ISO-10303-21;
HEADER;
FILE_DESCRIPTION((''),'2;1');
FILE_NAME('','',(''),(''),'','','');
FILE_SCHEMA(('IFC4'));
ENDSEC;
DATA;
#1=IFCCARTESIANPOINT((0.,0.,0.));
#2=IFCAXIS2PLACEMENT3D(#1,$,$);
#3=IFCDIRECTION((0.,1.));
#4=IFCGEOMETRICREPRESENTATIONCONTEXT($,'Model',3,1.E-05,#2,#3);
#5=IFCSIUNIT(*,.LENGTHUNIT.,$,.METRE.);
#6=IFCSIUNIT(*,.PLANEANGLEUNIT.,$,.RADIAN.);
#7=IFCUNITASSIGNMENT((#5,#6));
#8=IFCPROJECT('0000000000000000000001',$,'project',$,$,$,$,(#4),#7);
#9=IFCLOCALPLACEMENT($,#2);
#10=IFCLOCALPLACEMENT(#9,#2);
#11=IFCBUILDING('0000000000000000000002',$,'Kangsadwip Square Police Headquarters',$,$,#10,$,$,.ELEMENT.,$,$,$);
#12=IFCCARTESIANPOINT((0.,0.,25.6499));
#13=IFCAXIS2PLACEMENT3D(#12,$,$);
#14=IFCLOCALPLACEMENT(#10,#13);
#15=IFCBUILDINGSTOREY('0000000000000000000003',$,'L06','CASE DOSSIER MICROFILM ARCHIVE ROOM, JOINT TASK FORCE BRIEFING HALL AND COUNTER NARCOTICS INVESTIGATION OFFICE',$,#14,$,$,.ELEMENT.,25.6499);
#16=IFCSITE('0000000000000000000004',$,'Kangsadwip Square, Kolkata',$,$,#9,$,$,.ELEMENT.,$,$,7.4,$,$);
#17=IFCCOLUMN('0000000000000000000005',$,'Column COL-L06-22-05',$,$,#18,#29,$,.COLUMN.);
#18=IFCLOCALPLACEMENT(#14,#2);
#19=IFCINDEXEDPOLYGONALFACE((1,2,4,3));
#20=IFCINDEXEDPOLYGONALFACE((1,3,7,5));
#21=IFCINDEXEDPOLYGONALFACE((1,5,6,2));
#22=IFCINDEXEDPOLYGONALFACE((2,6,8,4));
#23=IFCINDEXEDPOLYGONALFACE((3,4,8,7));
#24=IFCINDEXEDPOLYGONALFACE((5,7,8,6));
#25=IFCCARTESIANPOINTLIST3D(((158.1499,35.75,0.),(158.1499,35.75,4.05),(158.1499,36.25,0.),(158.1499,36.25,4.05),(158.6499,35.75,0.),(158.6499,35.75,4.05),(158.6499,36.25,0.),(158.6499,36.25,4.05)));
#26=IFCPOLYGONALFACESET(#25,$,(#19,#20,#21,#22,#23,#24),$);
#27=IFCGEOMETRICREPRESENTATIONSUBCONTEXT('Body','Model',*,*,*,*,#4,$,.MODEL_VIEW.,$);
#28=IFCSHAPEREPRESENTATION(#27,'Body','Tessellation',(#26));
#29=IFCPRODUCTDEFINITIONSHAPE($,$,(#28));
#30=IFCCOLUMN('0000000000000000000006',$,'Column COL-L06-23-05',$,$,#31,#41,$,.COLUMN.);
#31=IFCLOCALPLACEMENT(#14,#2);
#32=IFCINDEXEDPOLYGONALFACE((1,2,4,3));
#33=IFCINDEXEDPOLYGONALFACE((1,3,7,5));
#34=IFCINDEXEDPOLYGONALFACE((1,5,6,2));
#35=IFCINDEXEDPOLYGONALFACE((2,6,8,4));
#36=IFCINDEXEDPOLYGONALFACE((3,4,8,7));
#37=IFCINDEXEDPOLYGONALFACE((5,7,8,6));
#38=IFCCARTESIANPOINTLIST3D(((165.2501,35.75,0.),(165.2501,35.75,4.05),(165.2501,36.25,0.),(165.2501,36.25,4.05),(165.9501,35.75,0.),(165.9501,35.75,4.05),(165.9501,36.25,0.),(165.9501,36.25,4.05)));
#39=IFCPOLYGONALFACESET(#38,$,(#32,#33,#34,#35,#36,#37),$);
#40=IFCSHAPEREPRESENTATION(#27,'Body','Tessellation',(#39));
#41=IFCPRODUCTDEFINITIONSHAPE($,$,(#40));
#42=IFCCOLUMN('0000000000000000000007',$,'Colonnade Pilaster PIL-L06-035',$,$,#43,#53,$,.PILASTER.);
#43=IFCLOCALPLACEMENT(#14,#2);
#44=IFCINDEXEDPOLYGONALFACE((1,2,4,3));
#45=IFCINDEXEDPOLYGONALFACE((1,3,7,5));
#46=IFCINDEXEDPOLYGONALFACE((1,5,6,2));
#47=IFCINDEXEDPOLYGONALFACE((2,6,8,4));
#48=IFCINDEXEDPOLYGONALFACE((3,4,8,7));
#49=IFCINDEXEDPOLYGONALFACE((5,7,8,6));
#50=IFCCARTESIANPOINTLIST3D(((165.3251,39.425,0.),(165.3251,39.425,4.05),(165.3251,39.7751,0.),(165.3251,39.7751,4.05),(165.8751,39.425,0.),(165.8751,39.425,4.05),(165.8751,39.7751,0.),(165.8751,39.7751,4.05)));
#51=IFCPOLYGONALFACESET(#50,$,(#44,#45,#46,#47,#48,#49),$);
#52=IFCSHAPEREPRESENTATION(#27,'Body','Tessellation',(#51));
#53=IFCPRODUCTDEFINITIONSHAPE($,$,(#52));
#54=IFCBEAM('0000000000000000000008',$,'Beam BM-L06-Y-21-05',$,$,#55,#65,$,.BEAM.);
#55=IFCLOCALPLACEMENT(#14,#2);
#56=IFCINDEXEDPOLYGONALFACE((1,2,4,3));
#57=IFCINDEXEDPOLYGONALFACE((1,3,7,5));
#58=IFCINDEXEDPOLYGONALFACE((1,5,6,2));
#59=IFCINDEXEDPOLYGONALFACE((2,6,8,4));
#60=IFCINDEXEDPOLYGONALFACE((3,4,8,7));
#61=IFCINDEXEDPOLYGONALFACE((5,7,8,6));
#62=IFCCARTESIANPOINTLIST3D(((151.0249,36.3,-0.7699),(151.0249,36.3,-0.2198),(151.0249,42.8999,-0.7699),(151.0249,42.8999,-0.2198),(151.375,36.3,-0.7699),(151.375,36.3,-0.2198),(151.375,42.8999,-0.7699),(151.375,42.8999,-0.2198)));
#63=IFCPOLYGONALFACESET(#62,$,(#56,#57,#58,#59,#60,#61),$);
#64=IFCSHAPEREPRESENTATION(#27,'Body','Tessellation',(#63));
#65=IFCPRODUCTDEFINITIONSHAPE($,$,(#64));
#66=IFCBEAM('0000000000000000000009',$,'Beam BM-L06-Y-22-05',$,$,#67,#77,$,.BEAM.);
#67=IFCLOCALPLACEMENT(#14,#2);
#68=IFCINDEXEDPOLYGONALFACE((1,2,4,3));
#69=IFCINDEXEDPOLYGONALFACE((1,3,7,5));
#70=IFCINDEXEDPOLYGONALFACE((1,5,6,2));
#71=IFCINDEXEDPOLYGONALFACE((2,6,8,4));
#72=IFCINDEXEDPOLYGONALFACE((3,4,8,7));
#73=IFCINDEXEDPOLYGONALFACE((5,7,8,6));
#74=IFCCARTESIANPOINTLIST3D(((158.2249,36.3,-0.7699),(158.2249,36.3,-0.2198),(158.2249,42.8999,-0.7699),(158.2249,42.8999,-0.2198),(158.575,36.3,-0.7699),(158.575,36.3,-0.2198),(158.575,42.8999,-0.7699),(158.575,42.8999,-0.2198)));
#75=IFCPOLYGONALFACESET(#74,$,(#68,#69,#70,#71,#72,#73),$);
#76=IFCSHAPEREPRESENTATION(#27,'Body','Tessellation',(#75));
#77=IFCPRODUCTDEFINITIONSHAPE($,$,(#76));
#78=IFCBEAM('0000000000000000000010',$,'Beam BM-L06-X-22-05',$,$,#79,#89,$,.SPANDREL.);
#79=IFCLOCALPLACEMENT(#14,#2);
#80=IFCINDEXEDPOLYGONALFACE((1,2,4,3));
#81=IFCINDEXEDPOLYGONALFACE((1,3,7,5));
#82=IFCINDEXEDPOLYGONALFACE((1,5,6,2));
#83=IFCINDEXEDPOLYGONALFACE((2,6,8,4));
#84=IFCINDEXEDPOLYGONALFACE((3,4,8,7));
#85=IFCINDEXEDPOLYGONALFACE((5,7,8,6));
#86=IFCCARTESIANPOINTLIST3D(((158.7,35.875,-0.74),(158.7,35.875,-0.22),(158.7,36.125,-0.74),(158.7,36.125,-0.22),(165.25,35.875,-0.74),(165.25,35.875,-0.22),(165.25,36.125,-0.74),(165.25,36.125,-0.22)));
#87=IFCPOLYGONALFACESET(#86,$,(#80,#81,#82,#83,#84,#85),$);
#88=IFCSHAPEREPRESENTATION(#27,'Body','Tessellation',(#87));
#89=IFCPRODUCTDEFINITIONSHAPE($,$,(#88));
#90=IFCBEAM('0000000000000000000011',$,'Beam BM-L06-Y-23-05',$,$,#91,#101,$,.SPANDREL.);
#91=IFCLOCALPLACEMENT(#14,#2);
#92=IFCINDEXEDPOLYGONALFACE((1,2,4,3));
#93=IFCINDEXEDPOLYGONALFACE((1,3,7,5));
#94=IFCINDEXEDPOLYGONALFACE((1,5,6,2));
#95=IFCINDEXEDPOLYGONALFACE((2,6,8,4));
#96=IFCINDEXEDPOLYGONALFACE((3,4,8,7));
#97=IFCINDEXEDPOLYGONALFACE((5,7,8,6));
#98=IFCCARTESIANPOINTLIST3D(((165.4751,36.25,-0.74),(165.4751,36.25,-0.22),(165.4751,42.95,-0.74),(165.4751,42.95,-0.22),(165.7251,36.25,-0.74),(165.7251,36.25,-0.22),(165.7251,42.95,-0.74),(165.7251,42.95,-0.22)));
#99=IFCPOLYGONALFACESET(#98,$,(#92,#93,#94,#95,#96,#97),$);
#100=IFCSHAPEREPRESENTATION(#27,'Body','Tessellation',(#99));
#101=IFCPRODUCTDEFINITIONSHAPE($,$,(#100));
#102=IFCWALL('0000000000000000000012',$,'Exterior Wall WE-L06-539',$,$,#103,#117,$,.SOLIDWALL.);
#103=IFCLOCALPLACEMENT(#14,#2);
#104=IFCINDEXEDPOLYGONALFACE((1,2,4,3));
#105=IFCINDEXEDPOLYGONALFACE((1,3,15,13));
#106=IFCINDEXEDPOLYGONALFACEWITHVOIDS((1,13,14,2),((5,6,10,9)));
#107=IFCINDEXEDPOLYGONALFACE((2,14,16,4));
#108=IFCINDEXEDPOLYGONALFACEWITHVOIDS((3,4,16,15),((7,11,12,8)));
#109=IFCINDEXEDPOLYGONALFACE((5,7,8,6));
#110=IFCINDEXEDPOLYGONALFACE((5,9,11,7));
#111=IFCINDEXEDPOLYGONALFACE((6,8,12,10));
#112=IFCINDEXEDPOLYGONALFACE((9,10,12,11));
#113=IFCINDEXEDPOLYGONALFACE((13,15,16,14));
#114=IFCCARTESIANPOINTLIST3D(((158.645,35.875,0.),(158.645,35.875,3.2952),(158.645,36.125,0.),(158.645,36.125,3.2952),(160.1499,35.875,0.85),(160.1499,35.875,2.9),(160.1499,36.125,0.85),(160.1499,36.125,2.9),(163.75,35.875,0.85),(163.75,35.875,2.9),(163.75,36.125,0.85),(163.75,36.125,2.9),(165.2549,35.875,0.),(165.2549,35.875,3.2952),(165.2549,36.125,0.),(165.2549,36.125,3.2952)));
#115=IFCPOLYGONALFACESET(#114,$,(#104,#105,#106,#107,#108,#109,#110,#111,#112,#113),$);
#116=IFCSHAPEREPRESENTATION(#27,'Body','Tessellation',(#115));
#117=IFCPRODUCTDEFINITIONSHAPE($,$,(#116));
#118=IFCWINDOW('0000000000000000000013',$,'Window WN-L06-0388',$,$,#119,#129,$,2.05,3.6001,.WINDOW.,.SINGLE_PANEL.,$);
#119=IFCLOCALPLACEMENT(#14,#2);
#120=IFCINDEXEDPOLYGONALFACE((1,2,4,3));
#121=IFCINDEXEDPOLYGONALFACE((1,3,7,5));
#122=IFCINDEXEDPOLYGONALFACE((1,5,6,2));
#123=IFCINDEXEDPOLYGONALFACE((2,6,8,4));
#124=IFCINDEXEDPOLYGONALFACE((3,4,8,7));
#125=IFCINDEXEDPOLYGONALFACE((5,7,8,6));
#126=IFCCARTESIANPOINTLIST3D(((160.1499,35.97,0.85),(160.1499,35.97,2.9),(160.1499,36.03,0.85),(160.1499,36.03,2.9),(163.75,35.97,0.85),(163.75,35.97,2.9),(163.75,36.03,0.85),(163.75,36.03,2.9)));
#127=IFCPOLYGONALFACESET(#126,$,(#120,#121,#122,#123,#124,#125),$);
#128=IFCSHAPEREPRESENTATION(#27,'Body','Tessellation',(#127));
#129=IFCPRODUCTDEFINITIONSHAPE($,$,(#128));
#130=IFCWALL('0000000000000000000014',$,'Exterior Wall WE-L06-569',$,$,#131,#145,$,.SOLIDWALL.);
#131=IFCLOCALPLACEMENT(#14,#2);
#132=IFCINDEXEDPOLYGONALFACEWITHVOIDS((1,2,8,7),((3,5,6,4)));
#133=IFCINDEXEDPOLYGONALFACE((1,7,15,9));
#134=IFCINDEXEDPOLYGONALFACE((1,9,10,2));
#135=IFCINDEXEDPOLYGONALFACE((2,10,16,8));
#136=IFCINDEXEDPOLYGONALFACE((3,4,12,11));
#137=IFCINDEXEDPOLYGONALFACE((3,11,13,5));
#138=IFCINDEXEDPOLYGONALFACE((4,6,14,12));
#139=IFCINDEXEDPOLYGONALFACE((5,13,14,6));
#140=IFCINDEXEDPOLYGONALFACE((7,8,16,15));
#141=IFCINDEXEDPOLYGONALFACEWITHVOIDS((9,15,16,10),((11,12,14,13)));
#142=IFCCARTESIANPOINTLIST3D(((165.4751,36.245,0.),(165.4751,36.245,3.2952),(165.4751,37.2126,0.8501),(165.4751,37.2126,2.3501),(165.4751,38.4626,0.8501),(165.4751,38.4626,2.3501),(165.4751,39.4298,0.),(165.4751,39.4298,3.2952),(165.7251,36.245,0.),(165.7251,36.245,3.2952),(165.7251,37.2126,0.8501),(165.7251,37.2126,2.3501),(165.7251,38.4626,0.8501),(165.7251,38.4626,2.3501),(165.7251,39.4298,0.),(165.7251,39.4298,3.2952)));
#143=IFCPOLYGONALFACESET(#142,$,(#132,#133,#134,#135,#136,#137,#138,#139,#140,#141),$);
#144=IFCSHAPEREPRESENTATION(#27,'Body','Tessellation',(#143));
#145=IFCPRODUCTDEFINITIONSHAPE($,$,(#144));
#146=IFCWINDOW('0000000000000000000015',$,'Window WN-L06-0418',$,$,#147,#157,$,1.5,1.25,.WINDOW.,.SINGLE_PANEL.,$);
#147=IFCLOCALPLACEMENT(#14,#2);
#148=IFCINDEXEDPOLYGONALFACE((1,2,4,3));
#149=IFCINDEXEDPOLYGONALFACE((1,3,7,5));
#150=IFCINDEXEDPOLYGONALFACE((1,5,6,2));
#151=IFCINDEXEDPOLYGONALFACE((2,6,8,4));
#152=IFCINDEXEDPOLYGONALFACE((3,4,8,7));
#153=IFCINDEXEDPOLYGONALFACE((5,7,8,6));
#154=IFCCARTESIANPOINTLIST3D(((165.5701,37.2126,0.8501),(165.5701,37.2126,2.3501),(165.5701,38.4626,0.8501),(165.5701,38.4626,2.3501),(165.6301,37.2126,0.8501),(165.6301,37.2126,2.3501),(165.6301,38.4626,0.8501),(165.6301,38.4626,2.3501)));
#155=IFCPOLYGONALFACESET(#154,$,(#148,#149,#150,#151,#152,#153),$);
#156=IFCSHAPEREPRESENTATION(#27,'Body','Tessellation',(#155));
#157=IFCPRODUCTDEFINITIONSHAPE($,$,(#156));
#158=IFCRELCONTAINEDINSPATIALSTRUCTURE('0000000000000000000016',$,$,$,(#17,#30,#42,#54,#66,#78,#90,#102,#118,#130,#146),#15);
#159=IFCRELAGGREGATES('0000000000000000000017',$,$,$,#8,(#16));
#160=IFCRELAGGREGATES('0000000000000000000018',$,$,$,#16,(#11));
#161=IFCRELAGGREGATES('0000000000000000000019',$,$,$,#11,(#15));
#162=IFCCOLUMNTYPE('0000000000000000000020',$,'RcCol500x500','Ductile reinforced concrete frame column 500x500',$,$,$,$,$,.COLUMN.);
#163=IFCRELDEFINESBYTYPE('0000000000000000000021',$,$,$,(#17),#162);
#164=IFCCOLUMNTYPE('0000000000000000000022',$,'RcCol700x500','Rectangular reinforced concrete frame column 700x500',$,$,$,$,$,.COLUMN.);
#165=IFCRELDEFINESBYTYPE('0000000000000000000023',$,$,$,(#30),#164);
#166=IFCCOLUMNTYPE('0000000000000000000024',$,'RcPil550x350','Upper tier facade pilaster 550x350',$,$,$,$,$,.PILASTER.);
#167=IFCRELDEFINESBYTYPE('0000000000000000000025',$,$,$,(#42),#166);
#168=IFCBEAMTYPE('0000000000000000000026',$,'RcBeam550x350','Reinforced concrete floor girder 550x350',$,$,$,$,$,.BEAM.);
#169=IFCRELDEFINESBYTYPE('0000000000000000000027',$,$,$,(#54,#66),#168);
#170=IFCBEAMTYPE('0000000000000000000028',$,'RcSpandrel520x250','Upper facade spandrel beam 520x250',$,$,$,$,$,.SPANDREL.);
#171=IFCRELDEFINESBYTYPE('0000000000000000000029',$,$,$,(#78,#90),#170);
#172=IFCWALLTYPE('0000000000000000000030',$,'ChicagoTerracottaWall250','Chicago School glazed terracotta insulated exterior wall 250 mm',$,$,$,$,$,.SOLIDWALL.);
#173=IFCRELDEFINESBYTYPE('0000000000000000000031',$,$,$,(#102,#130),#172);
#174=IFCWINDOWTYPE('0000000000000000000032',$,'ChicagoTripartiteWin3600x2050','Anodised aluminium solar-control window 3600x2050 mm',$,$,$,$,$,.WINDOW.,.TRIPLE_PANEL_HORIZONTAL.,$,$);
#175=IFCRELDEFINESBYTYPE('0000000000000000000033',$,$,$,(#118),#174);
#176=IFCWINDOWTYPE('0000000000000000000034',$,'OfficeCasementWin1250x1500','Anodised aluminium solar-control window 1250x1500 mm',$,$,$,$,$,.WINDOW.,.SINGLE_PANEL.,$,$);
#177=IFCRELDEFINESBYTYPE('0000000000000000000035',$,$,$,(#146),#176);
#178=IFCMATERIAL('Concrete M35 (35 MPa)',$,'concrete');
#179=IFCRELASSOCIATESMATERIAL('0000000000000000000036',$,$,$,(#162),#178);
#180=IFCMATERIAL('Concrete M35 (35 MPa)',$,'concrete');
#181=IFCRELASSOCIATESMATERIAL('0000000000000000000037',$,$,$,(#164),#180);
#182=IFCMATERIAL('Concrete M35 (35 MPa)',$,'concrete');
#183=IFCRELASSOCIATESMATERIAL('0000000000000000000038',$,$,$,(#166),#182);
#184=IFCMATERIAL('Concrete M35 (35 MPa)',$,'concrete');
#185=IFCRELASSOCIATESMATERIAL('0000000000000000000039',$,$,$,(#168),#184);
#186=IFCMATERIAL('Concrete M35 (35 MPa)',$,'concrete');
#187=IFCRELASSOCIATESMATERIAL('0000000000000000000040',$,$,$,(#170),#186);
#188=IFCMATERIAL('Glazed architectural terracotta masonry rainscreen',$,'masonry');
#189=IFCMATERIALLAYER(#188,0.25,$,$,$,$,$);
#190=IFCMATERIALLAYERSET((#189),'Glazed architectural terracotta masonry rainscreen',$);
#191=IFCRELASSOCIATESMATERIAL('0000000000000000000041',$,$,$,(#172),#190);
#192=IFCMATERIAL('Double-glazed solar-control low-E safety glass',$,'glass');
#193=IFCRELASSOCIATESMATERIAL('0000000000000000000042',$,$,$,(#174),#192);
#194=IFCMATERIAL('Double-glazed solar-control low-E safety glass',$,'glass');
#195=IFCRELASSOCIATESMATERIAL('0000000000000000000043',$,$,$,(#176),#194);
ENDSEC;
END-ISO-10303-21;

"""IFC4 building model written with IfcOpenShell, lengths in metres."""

from ifc_helpers import new_model, si_unit, direction, frame, frame_2d, origin, origin_2d, place, context, subcontext, project, spatial, rectangle, extrude, material, layer, layer_set, material_profile, profile_set, type_object, element, fill, save


model = new_model("IFC4")

# Units and contexts
model_context = context("Model", 3, precision=1e-05, world=origin(), true_north=direction((0.0, 1.0)))
body_context = subcontext(model_context, "Body", "Model", "MODEL_VIEW")
ifc_project = project(units=[si_unit("LENGTHUNIT", "METRE"), si_unit("PLANEANGLEUNIT", "RADIAN")], contexts=[model_context])

# Site, building, storey
site_placement = place(None, origin())
site = spatial("IfcSite", under=ifc_project, at=site_placement, Name="Kangsadwip Square, Kolkata", CompositionType="ELEMENT", RefElevation=7.4)
building_placement = place(site_placement, origin())
building = spatial("IfcBuilding", under=site, at=building_placement, Name="Kangsadwip Square Police Headquarters", CompositionType="ELEMENT")
storey_placement = place(building_placement, frame((0.0, 0.0, 25.6499)))
storey = spatial("IfcBuildingStorey", under=building, at=storey_placement, Name="L06", Description="CASE DOSSIER MICROFILM ARCHIVE ROOM, JOINT TASK FORCE BRIEFING HALL AND COUNTER NARCOTICS INVESTIGATION OFFICE", CompositionType="ELEMENT", Elevation=25.6499)

# Columns
ifc_material_1 = material(Name="Concrete M35 (35 MPa)", Category="concrete")
ifc_material_profile_1 = material_profile(ifc_material_1, rectangle(XDim=0.5, YDim=0.5, at=origin_2d()), Name="RC COL 500X500")
ifc_profile_set_1 = profile_set([ifc_material_profile_1], Name="Concrete M35 (35 MPa)")
column_type_1 = type_object("IfcColumnType", Name="RcCol500x500", Description="Ductile reinforced concrete frame column 500x500", PredefinedType="COLUMN", material=ifc_profile_set_1)
column_1_placement = place(storey_placement, frame((158.3999, 36.0, 0.0), z_axis=(0.0, 0.0, 1.0), x_axis=(1.0, 0.0, 0.0)))
element("IfcColumn", 1, at=column_1_placement, inside=storey, type_object=column_type_1, Name="Column COL-L06-22-05", PredefinedType="COLUMN", context=body_context, shape_type="SweptSolid", body=[
    extrude(rectangle(XDim=0.5, YDim=0.5, at=origin_2d()), origin(), (0.0, 0.0, 1.0), 4.05),
])
ifc_material_2 = material(Name="Concrete M35 (35 MPa)", Category="concrete")
ifc_material_profile_2 = material_profile(ifc_material_2, rectangle(XDim=0.5, YDim=0.7, at=origin_2d()), Name="RC COL 700X500")
ifc_profile_set_2 = profile_set([ifc_material_profile_2], Name="Concrete M35 (35 MPa)")
column_type_2 = type_object("IfcColumnType", Name="RcCol700x500", Description="Rectangular reinforced concrete frame column 700x500", PredefinedType="COLUMN", material=ifc_profile_set_2)
column_2_placement = place(storey_placement, frame((165.6001, 36.0, 0.0), z_axis=(0.0, 0.0, 1.0), x_axis=(0.0, 1.0, 0.0)))
element("IfcColumn", 2, at=column_2_placement, inside=storey, type_object=column_type_2, Name="Column COL-L06-23-05", PredefinedType="COLUMN", context=body_context, shape_type="SweptSolid", body=[
    extrude(rectangle(XDim=0.5, YDim=0.7, at=origin_2d()), origin(), (0.0, 0.0, 1.0), 4.05),
])
ifc_material_3 = material(Name="Concrete M35 (35 MPa)", Category="concrete")
ifc_material_profile_3 = material_profile(ifc_material_3, rectangle(XDim=0.3501, YDim=0.55, at=origin_2d()), Name="RC PIL 550X350")
ifc_profile_set_3 = profile_set([ifc_material_profile_3], Name="Concrete M35 (35 MPa)")
column_type_3 = type_object("IfcColumnType", Name="RcPil550x350", Description="Upper tier facade pilaster 550x350", PredefinedType="PILASTER", material=ifc_profile_set_3)
column_3_placement = place(storey_placement, frame((165.6001, 39.6001, 0.0), z_axis=(0.0, 0.0, 1.0), x_axis=(0.0, 1.0, 0.0)))
element("IfcColumn", 3, at=column_3_placement, inside=storey, type_object=column_type_3, Name="Colonnade Pilaster PIL-L06-035", PredefinedType="PILASTER", context=body_context, shape_type="SweptSolid", body=[
    extrude(rectangle(XDim=0.3501, YDim=0.55, at=origin_2d()), origin(), (0.0, 0.0, 1.0), 4.05),
])

# Beams
ifc_material_4 = material(Name="Concrete M35 (35 MPa)", Category="concrete")
ifc_material_profile_4 = material_profile(ifc_material_4, rectangle(XDim=0.3501, YDim=0.55, at=origin_2d()), Name="RC BM 550X350")
ifc_profile_set_4 = profile_set([ifc_material_profile_4], Name="Concrete M35 (35 MPa)")
beam_type_1 = type_object("IfcBeamType", Name="RcBeam550x350", Description="Reinforced concrete floor girder 550x350", PredefinedType="BEAM", material=ifc_profile_set_4)
for number, where, z_axis, x_axis, name in (
    (4, (151.2, 36.3, -0.4949), (0.0, 1.0, 0.0), (-1.0, 0.0, 0.0), "Beam BM-L06-Y-21-05"),
    (5, (158.3999, 36.3, -0.4949), (0.0, 1.0, 0.0), (-1.0, 0.0, 0.0), "Beam BM-L06-Y-22-05"),
):
    element("IfcBeam", number, at=place(storey_placement, frame(where, z_axis=z_axis, x_axis=x_axis)), inside=storey, type_object=beam_type_1, Name=name, PredefinedType="BEAM", context=body_context, shape_type="SweptSolid", body=[
        extrude(rectangle(XDim=0.3501, YDim=0.55, at=origin_2d()), origin(), (0.0, 0.0, 1.0), 6.5999),
    ])
ifc_material_5 = material(Name="Concrete M35 (35 MPa)", Category="concrete")
ifc_material_profile_5 = material_profile(ifc_material_5, rectangle(XDim=0.25, YDim=0.52, at=origin_2d()), Name="RC SPN 520X250")
ifc_profile_set_5 = profile_set([ifc_material_profile_5], Name="Concrete M35 (35 MPa)")
beam_type_2 = type_object("IfcBeamType", Name="RcSpandrel520x250", Description="Upper facade spandrel beam 520x250", PredefinedType="SPANDREL", material=ifc_profile_set_5)
beam_1_placement = place(storey_placement, frame((158.7, 36.0, -0.48), z_axis=(1.0, 0.0, 0.0), x_axis=(0.0, 1.0, 0.0)))
element("IfcBeam", 6, at=beam_1_placement, inside=storey, type_object=beam_type_2, Name="Beam BM-L06-X-22-05", PredefinedType="SPANDREL", context=body_context, shape_type="SweptSolid", body=[
    extrude(rectangle(XDim=0.25, YDim=0.52, at=origin_2d()), origin(), (0.0, 0.0, 1.0), 6.55),
])
beam_2_placement = place(storey_placement, frame((165.6001, 36.25, -0.48), z_axis=(0.0, 1.0, 0.0), x_axis=(-1.0, 0.0, 0.0)))
element("IfcBeam", 7, at=beam_2_placement, inside=storey, type_object=beam_type_2, Name="Beam BM-L06-Y-23-05", PredefinedType="SPANDREL", context=body_context, shape_type="SweptSolid", body=[
    extrude(rectangle(XDim=0.25, YDim=0.52, at=origin_2d()), origin(), (0.0, 0.0, 1.0), 6.7),
])

# Walls, openings, windows
ifc_material_6 = material(Name="Glazed architectural terracotta masonry rainscreen", Category="masonry")
ifc_layer_1 = layer(ifc_material_6, 0.25)
ifc_layer_set_1 = layer_set([ifc_layer_1], Name="Glazed architectural terracotta masonry rainscreen")
wall_type_1 = type_object("IfcWallType", Name="ChicagoTerracottaWall250", Description="Chicago School glazed terracotta insulated exterior wall 250 mm", PredefinedType="SOLIDWALL", material=ifc_layer_set_1)
wall_1_placement = place(storey_placement, frame((158.645, 36.0, 0.0), z_axis=(0.0, 0.0, 1.0), x_axis=(1.0, 0.0, 0.0)))
wall_1 = element("IfcWall", 8, at=wall_1_placement, inside=storey, type_object=wall_type_1, Name="Exterior Wall WE-L06-539", PredefinedType="SOLIDWALL", context=body_context, shape_type="SweptSolid", body=[
    extrude(rectangle(XDim=6.6099, YDim=0.25, at=frame_2d((3.3049, 0.0))), origin(), (0.0, 0.0, 1.0), 3.2952),
])
opening_1_placement = place(wall_1_placement, frame((1.5049, 0.0, 0.8501)))
opening_1 = element("IfcOpeningElement", 9, at=opening_1_placement, cuts=wall_1, PredefinedType="OPENING", context=body_context, shape_type="SweptSolid", body=[
    extrude(rectangle(XDim=3.6001, YDim=2.05, at=frame_2d((1.8, 1.0249))), frame((0.0, 0.135, 0.0), z_axis=(0.0, -1.0, 0.0), x_axis=(1.0, 0.0, 0.0)), (0.0, 0.0, 1.0), 0.27),
])
ifc_material_7 = material(Name="Double-glazed solar-control low-E safety glass", Category="glass")
window_type_1 = type_object("IfcWindowType", Name="ChicagoTripartiteWin3600x2050", Description="Anodised aluminium solar-control window 3600x2050 mm", PartitioningType="TRIPLE_PANEL_HORIZONTAL", PredefinedType="WINDOW", material=ifc_material_7)
window_1_placement = place(opening_1_placement, origin())
window_1 = element("IfcWindow", 10, at=window_1_placement, inside=storey, type_object=window_type_1, Name="Window WN-L06-0388", OverallHeight=2.05, OverallWidth=3.6001, PartitioningType="SINGLE_PANEL", PredefinedType="WINDOW", context=body_context, shape_type="SweptSolid", body=[
    extrude(rectangle(XDim=3.6001, YDim=2.05, at=frame_2d((1.8, 1.0249))), frame((0.0, 0.03, 0.0), z_axis=(0.0, -1.0, 0.0), x_axis=(1.0, 0.0, 0.0)), (0.0, 0.0, 1.0), 0.0601),
])
fill(opening_1, window_1)
wall_2_placement = place(storey_placement, frame((165.6001, 36.2451, 0.0), z_axis=(0.0, 0.0, 1.0), x_axis=(0.0, 1.0, 0.0)))
wall_2 = element("IfcWall", 11, at=wall_2_placement, inside=storey, type_object=wall_type_1, Name="Exterior Wall WE-L06-569", PredefinedType="SOLIDWALL", context=body_context, shape_type="SweptSolid", body=[
    extrude(rectangle(XDim=3.1848, YDim=0.25, at=frame_2d((1.5923, 0.0))), origin(), (0.0, 0.0, 1.0), 3.2952),
])
opening_2_placement = place(wall_2_placement, frame((0.9675, 0.0, 0.8501)))
opening_2 = element("IfcOpeningElement", 12, at=opening_2_placement, cuts=wall_2, PredefinedType="OPENING", context=body_context, shape_type="SweptSolid", body=[
    extrude(rectangle(XDim=1.25, YDim=1.5, at=frame_2d((0.625, 0.75))), frame((0.0, 0.135, 0.0), z_axis=(0.0, -1.0, 0.0), x_axis=(1.0, 0.0, 0.0)), (0.0, 0.0, 1.0), 0.27),
])
ifc_material_8 = material(Name="Double-glazed solar-control low-E safety glass", Category="glass")
window_type_2 = type_object("IfcWindowType", Name="OfficeCasementWin1250x1500", Description="Anodised aluminium solar-control window 1250x1500 mm", PartitioningType="SINGLE_PANEL", PredefinedType="WINDOW", material=ifc_material_8)
window_2_placement = place(opening_2_placement, origin())
window_2 = element("IfcWindow", 13, at=window_2_placement, inside=storey, type_object=window_type_2, Name="Window WN-L06-0418", OverallHeight=1.5, OverallWidth=1.25, PartitioningType="SINGLE_PANEL", PredefinedType="WINDOW", context=body_context, shape_type="SweptSolid", body=[
    extrude(rectangle(XDim=1.25, YDim=1.5, at=frame_2d((0.625, 0.75))), frame((0.0, 0.03, 0.0), z_axis=(0.0, -1.0, 0.0), x_axis=(1.0, 0.0, 0.0)), (0.0, 0.0, 1.0), 0.0601),
])
fill(opening_2, window_2)

save(model, "model.ifc")
